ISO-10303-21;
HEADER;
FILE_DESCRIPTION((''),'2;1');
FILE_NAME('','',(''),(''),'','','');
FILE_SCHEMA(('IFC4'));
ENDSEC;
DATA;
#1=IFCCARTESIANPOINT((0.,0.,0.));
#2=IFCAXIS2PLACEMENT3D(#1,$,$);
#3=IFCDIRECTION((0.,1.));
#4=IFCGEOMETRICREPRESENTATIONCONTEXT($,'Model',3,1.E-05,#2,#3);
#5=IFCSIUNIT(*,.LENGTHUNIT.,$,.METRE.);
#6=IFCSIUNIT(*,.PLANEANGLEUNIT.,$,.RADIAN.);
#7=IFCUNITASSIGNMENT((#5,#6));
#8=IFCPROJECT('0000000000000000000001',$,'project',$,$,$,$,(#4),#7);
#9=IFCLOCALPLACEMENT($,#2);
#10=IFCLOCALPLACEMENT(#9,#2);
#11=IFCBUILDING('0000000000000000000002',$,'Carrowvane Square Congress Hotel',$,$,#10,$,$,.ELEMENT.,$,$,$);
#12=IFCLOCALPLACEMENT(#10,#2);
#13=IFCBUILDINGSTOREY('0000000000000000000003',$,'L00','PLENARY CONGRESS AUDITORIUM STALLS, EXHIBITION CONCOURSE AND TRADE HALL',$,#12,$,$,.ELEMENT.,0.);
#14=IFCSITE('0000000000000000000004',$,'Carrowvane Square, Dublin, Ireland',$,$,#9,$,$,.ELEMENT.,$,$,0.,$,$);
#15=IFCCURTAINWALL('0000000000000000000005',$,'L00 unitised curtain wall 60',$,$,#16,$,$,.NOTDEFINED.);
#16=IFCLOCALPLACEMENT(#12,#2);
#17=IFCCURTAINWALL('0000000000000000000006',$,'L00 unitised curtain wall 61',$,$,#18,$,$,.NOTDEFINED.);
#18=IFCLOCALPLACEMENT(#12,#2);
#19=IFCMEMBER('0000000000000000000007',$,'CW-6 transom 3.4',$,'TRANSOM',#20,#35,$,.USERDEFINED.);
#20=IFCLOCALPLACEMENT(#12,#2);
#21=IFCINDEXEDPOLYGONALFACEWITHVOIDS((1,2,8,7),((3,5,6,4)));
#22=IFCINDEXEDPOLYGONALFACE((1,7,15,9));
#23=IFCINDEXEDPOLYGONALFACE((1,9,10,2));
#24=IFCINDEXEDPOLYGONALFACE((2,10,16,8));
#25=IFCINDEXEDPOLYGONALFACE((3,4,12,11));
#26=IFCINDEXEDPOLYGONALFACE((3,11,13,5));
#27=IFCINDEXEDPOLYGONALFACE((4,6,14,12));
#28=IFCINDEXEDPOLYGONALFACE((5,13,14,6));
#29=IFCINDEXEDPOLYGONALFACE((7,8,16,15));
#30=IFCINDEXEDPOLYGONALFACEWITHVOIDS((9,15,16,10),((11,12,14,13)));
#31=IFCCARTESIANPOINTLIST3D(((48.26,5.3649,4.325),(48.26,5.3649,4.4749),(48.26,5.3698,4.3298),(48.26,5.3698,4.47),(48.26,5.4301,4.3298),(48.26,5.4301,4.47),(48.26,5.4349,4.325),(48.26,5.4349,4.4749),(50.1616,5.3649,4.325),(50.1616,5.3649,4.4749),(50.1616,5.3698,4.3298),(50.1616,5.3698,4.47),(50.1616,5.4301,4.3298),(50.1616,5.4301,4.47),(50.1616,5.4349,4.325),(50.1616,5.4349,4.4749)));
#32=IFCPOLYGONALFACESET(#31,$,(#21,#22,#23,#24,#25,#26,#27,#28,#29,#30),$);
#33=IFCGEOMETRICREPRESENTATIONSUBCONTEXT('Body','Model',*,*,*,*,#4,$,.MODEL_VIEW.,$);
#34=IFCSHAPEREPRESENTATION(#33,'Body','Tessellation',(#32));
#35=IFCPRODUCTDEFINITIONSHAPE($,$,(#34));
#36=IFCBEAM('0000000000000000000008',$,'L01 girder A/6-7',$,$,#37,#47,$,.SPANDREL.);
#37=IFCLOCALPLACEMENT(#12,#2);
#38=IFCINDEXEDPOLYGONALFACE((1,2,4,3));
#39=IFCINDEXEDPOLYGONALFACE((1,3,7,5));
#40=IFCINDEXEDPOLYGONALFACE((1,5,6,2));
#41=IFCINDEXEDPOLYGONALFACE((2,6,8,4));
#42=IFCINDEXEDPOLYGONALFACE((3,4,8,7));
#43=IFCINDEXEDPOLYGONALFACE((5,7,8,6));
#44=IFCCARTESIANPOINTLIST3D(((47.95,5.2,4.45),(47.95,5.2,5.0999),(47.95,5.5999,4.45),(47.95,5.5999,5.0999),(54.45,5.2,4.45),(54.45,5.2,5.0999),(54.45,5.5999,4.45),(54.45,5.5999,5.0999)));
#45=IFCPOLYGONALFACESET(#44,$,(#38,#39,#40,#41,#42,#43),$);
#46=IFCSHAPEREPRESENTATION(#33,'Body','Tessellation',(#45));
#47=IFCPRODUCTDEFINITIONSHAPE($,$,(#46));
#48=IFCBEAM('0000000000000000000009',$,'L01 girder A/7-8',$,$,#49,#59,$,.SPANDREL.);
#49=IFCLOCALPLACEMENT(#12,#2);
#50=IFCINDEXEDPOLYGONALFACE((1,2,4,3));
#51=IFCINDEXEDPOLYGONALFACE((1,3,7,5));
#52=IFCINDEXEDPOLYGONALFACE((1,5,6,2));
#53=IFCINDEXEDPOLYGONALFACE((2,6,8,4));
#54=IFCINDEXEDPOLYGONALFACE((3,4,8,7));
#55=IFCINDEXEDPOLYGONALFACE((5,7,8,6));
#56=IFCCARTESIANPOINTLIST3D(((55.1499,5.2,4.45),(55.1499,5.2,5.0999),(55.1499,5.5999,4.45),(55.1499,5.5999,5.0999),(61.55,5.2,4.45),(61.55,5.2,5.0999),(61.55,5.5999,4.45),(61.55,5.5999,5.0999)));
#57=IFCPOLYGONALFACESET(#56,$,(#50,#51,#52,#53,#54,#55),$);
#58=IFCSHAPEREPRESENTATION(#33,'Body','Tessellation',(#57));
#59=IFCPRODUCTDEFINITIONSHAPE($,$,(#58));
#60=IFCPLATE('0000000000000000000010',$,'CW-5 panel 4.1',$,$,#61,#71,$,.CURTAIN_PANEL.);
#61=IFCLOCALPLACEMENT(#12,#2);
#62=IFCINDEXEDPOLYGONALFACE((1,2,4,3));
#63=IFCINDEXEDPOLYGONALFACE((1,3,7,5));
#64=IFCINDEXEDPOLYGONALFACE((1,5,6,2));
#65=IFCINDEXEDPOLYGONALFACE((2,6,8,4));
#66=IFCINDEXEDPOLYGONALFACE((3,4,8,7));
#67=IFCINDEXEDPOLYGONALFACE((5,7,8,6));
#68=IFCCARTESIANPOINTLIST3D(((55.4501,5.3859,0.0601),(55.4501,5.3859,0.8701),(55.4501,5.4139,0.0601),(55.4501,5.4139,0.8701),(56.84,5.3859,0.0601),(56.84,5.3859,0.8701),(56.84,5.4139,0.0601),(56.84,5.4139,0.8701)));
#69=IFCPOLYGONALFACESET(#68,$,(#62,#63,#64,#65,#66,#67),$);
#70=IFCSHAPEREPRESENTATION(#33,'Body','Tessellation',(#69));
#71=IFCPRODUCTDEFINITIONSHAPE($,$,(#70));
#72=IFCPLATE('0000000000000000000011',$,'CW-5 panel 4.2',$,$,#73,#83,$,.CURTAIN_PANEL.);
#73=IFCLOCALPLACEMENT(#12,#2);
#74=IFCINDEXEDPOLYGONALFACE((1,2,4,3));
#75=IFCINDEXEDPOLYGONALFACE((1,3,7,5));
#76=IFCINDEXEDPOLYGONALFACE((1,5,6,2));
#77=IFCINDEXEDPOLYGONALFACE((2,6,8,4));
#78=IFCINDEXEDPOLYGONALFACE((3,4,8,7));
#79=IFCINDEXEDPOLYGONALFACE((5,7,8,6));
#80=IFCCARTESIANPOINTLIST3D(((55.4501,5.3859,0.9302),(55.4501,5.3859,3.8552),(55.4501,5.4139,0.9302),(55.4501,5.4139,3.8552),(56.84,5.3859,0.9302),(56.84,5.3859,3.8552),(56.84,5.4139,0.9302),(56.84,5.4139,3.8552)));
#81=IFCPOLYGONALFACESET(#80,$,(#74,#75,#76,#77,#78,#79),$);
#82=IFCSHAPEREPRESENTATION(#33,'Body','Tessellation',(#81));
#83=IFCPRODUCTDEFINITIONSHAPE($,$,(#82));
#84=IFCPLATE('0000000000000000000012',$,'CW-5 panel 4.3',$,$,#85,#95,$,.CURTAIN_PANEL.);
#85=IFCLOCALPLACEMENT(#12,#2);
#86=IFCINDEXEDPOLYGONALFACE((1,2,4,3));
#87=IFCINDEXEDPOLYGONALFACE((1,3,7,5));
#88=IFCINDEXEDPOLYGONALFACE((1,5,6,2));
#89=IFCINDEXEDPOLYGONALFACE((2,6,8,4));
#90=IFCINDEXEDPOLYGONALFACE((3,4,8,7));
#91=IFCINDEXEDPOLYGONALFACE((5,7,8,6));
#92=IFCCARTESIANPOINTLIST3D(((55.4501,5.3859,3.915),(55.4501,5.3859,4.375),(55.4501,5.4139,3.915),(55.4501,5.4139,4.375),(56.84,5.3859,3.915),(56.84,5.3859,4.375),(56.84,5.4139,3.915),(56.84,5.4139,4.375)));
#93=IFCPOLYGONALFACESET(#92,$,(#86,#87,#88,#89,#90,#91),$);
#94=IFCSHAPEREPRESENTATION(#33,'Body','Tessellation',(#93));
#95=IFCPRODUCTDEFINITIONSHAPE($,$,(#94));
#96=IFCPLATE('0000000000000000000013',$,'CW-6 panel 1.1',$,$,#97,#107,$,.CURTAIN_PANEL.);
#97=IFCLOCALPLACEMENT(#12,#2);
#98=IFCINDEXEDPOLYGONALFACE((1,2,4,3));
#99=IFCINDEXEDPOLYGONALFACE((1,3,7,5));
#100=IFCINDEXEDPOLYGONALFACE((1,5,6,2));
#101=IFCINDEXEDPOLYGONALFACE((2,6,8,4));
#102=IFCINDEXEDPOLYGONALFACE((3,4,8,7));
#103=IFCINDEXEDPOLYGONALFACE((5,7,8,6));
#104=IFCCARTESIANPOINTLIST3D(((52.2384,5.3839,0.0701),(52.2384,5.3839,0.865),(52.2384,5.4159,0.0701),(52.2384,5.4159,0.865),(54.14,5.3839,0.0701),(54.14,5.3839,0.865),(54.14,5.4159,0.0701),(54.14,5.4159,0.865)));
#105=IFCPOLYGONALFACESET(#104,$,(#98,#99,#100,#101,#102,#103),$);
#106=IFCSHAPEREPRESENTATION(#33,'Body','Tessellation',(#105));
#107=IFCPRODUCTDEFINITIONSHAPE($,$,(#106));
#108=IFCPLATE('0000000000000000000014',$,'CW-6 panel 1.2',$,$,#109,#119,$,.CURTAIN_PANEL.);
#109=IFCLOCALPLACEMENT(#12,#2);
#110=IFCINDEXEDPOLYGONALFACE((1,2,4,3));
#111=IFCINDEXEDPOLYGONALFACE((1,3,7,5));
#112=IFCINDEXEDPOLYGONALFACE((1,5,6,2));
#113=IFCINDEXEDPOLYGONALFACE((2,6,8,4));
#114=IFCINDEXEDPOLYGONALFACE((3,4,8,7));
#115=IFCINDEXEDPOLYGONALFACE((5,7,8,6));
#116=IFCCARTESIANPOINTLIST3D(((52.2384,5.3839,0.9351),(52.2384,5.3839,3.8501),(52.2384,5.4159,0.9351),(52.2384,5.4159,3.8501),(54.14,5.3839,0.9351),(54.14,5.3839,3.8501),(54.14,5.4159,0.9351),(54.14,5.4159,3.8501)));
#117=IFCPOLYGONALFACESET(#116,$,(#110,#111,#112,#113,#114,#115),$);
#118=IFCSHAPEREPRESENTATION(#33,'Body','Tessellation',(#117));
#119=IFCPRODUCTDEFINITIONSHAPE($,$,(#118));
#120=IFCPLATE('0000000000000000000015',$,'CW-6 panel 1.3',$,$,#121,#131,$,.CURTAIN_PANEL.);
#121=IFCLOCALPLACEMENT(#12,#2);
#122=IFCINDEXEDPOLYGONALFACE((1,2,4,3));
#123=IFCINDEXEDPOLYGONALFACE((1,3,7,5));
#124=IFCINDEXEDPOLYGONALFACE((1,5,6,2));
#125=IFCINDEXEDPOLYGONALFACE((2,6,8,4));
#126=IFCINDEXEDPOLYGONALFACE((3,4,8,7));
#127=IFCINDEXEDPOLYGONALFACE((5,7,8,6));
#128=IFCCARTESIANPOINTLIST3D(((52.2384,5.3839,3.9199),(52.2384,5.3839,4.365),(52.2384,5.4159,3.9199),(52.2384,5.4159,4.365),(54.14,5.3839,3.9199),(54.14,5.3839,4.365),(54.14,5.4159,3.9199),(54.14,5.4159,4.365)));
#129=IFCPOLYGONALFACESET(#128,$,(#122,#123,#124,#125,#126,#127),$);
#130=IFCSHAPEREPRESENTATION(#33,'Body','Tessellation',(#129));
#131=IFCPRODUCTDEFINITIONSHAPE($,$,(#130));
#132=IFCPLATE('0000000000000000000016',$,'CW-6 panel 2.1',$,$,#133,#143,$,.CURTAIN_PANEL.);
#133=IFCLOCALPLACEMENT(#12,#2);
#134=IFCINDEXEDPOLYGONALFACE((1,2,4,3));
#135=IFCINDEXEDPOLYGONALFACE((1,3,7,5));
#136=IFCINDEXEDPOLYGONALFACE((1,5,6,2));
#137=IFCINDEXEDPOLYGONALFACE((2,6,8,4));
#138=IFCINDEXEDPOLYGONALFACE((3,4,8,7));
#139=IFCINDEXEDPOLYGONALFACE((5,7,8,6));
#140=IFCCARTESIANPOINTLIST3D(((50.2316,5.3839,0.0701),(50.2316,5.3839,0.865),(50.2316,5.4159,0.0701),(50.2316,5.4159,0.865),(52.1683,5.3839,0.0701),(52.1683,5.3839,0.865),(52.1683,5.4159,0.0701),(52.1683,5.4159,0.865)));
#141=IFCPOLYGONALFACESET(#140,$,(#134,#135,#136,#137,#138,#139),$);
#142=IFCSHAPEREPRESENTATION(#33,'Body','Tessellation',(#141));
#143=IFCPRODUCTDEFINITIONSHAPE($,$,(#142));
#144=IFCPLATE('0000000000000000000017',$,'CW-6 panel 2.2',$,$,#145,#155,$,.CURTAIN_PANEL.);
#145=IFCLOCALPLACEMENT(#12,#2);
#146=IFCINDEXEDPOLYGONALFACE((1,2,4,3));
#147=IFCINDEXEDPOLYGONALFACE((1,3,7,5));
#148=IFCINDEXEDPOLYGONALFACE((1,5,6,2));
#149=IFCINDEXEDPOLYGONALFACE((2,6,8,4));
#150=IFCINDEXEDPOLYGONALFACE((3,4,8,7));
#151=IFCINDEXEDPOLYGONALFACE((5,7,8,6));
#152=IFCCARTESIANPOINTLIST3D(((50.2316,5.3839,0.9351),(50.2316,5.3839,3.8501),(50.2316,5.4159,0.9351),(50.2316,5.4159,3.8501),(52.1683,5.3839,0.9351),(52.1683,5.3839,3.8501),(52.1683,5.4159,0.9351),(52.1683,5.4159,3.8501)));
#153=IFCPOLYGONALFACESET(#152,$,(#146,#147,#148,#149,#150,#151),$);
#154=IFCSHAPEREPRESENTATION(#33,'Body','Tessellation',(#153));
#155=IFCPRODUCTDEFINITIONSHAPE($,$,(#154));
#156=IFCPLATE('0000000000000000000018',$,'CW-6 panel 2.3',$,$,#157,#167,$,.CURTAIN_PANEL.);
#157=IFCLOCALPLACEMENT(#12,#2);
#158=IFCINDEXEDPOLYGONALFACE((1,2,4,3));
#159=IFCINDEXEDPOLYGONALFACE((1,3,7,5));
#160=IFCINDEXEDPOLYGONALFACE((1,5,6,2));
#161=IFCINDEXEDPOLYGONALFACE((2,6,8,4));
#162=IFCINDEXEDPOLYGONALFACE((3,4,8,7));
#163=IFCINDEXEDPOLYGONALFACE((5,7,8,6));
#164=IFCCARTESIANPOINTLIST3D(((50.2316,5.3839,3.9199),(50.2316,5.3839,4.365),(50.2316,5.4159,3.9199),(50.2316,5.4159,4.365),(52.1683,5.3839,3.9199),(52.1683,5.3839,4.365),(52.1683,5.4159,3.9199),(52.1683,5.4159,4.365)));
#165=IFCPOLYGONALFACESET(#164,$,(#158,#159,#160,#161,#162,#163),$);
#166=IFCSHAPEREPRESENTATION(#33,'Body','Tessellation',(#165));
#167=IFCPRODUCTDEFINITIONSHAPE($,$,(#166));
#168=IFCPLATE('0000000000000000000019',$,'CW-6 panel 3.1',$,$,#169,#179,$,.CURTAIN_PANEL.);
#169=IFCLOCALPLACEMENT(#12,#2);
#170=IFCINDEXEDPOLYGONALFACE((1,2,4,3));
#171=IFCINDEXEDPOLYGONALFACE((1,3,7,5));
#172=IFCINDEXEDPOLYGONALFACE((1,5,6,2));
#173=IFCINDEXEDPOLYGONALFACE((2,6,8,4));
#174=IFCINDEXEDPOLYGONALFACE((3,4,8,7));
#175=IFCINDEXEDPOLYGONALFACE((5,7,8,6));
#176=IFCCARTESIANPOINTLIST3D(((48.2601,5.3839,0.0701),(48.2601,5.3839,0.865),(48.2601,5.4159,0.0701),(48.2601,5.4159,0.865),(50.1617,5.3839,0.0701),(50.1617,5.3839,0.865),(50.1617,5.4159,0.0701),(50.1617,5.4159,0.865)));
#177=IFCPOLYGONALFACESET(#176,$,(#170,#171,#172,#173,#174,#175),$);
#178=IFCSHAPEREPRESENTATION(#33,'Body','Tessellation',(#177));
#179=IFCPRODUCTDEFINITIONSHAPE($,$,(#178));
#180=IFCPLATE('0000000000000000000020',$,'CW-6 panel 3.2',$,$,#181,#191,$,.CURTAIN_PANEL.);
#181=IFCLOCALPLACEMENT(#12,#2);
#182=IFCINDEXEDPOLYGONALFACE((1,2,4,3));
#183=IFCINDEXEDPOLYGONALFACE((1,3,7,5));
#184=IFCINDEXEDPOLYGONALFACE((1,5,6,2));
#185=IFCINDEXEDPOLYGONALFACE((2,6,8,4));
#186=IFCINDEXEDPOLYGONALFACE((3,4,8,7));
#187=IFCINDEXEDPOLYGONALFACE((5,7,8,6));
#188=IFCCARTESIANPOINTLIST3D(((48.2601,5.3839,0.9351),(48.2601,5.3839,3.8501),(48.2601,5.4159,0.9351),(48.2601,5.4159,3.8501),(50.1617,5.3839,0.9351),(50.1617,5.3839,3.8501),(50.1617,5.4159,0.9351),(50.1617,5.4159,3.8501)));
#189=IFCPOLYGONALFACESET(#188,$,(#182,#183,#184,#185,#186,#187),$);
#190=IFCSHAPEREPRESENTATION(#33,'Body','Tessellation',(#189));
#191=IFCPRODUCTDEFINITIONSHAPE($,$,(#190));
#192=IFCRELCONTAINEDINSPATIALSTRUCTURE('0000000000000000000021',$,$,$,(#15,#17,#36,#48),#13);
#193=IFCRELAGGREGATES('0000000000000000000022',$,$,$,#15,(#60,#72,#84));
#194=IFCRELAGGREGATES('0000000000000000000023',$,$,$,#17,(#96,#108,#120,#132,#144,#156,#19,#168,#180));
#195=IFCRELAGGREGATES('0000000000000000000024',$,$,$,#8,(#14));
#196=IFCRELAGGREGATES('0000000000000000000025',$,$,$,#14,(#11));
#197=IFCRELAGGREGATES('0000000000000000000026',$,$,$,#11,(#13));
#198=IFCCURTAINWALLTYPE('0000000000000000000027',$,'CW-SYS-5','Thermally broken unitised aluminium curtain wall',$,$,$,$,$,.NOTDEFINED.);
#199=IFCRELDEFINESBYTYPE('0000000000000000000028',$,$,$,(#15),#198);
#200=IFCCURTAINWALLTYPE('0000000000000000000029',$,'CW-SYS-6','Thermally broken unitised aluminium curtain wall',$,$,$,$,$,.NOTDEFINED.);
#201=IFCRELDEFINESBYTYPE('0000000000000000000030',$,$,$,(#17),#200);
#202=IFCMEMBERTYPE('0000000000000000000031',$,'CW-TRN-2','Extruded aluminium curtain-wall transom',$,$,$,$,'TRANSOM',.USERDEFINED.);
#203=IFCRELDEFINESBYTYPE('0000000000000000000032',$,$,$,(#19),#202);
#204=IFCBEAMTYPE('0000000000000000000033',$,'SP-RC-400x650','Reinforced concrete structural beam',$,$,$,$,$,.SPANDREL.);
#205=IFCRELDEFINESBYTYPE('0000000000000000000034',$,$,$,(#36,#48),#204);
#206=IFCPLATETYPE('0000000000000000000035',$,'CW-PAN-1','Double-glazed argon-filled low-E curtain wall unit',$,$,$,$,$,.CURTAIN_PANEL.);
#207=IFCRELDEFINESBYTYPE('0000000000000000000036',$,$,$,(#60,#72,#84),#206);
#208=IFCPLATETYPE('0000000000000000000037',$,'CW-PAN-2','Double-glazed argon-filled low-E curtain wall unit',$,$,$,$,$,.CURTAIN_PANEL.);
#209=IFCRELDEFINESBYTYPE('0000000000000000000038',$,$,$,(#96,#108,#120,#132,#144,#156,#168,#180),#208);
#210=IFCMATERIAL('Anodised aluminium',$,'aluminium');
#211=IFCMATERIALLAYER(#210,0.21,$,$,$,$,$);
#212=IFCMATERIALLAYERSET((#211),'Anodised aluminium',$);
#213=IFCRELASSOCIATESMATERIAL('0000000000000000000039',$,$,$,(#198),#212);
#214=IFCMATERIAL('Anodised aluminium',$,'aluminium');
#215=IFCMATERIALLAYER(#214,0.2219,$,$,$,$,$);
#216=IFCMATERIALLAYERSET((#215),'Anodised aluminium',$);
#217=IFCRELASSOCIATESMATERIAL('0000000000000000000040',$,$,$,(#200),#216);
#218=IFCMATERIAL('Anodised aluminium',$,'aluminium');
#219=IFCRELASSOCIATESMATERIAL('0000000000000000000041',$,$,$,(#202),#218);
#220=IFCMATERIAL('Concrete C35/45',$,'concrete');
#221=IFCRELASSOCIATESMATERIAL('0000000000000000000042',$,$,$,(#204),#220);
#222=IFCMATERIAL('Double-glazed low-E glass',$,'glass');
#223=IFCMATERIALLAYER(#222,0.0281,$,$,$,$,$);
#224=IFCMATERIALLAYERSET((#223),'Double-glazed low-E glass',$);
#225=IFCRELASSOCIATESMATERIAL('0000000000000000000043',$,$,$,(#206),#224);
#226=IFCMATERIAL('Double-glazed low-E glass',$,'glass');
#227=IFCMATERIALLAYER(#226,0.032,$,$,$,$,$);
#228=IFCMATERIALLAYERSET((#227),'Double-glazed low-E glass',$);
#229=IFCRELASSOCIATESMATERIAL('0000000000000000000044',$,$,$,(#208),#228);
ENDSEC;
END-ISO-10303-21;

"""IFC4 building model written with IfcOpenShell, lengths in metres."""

from ifc_helpers import new_model, si_unit, direction, frame, origin, origin_2d, place, context, subcontext, project, spatial, rectangle, hollow_rectangle, extrude, material, layer, layer_set, material_profile, profile_set, type_object, element, aggregate, save


model = new_model("IFC4")

# Units and contexts
model_context = context("Model", 3, precision=1e-05, world=origin(), true_north=direction((0.0, 1.0)))
body_context = subcontext(model_context, "Body", "Model", "MODEL_VIEW")
ifc_project = project(units=[si_unit("LENGTHUNIT", "METRE"), si_unit("PLANEANGLEUNIT", "RADIAN")], contexts=[model_context])

# Site, building, storey
site_placement = place(None, origin())
site = spatial("IfcSite", under=ifc_project, at=site_placement, Name="Carrowvane Square, Dublin, Ireland", CompositionType="ELEMENT", RefElevation=0.0)
building_placement = place(site_placement, origin())
building = spatial("IfcBuilding", under=site, at=building_placement, Name="Carrowvane Square Congress Hotel", CompositionType="ELEMENT")
storey_placement = place(building_placement, origin())
storey = spatial("IfcBuildingStorey", under=building, at=storey_placement, Name="L00", Description="PLENARY CONGRESS AUDITORIUM STALLS, EXHIBITION CONCOURSE AND TRADE HALL", CompositionType="ELEMENT", Elevation=0.0)

# Curtain wall
ifc_material_1 = material(Name="Anodised aluminium", Category="aluminium")
ifc_layer_1 = layer(ifc_material_1, 0.21)
ifc_layer_set_1 = layer_set([ifc_layer_1], Name="Anodised aluminium")
curtain_wall_type_1 = type_object("IfcCurtainWallType", Name="CW-SYS-5", Description="Thermally broken unitised aluminium curtain wall", PredefinedType="NOTDEFINED", material=ifc_layer_set_1)
curtain_wall_1_placement = place(storey_placement, origin())
curtain_wall_1 = element("IfcCurtainWall", 1, at=curtain_wall_1_placement, inside=storey, type_object=curtain_wall_type_1, Name="L00 unitised curtain wall 60", PredefinedType="NOTDEFINED")

# Curtain wall
ifc_material_2 = material(Name="Anodised aluminium", Category="aluminium")
ifc_layer_2 = layer(ifc_material_2, 0.2219)
ifc_layer_set_2 = layer_set([ifc_layer_2], Name="Anodised aluminium")
curtain_wall_type_2 = type_object("IfcCurtainWallType", Name="CW-SYS-6", Description="Thermally broken unitised aluminium curtain wall", PredefinedType="NOTDEFINED", material=ifc_layer_set_2)
curtain_wall_2_placement = place(storey_placement, origin())
curtain_wall_2 = element("IfcCurtainWall", 2, at=curtain_wall_2_placement, inside=storey, type_object=curtain_wall_type_2, Name="L00 unitised curtain wall 61", PredefinedType="NOTDEFINED")

# Member
ifc_material_3 = material(Name="Anodised aluminium", Category="aluminium")
ifc_material_profile_1 = material_profile(ifc_material_3, hollow_rectangle(XDim=0.0701, YDim=0.1499, WallThickness=0.0049, at=origin_2d()), Name="CW-TR 70x150x5")
ifc_profile_set_1 = profile_set([ifc_material_profile_1], Name="Anodised aluminium")
member_type_1 = type_object("IfcMemberType", Name="CW-TRN-2", Description="Extruded aluminium curtain-wall transom", ElementType="TRANSOM", PredefinedType="USERDEFINED", material=ifc_profile_set_1)
member_1_placement = place(storey_placement, frame((50.1616, 5.3999, 4.3999), z_axis=(-1.0, 0.0, 0.0), x_axis=(0.0, -1.0, 0.0)))
member_1 = element("IfcMember", 3, at=member_1_placement, type_object=member_type_1, Name="CW-6 transom 3.4", ObjectType="TRANSOM", PredefinedType="USERDEFINED", context=body_context, shape_type="SweptSolid", body=[
    extrude(hollow_rectangle(XDim=0.0701, YDim=0.1499, WallThickness=0.0049, at=origin_2d()), origin(), (0.0, 0.0, 1.0), 1.9016),
])

# Beams
ifc_material_4 = material(Name="Concrete C35/45", Category="concrete")
ifc_material_profile_2 = material_profile(ifc_material_4, rectangle(XDim=0.3999, YDim=0.6499, at=origin_2d()), Name="RC 400x650")
ifc_profile_set_2 = profile_set([ifc_material_profile_2], Name="Concrete C35/45")
beam_type = type_object("IfcBeamType", Name="SP-RC-400x650", Description="Reinforced concrete structural beam", PredefinedType="SPANDREL", material=ifc_profile_set_2)
beam_1_placement = place(storey_placement, frame((47.95, 5.3999, 4.7749), z_axis=(1.0, 0.0, 0.0), x_axis=(0.0, 1.0, 0.0)))
element("IfcBeam", 4, at=beam_1_placement, inside=storey, type_object=beam_type, Name="L01 girder A/6-7", PredefinedType="SPANDREL", context=body_context, shape_type="SweptSolid", body=[
    extrude(rectangle(XDim=0.3999, YDim=0.6499, at=origin_2d()), origin(), (0.0, 0.0, 1.0), 6.5),
])
beam_2_placement = place(storey_placement, frame((55.1499, 5.3999, 4.7749), z_axis=(1.0, 0.0, 0.0), x_axis=(0.0, 1.0, 0.0)))
element("IfcBeam", 5, at=beam_2_placement, inside=storey, type_object=beam_type, Name="L01 girder A/7-8", PredefinedType="SPANDREL", context=body_context, shape_type="SweptSolid", body=[
    extrude(rectangle(XDim=0.3999, YDim=0.6499, at=origin_2d()), origin(), (0.0, 0.0, 1.0), 6.4001),
])

# Plates
ifc_material_5 = material(Name="Double-glazed low-E glass", Category="glass")
ifc_layer_3 = layer(ifc_material_5, 0.0281)
ifc_layer_set_3 = layer_set([ifc_layer_3], Name="Double-glazed low-E glass")
plate_type_1 = type_object("IfcPlateType", Name="CW-PAN-1", Description="Double-glazed argon-filled low-E curtain wall unit", PredefinedType="CURTAIN_PANEL", material=ifc_layer_set_3)
plate_1_placement = place(storey_placement, frame((56.145, 5.3999, 0.0601), z_axis=(0.0, 0.0, 1.0), x_axis=(-1.0, 0.0, 0.0)))
plate_1 = element("IfcPlate", 6, at=plate_1_placement, type_object=plate_type_1, Name="CW-5 panel 4.1", PredefinedType="CURTAIN_PANEL", context=body_context, shape_type="SweptSolid", body=[
    extrude(rectangle(XDim=1.3899, YDim=0.0281, at=origin_2d()), origin(), (0.0, 0.0, 1.0), 0.8101),
])
plate_2_placement = place(storey_placement, frame((56.145, 5.3999, 0.9302), z_axis=(0.0, 0.0, 1.0), x_axis=(-1.0, 0.0, 0.0)))
plate_2 = element("IfcPlate", 7, at=plate_2_placement, type_object=plate_type_1, Name="CW-5 panel 4.2", PredefinedType="CURTAIN_PANEL", context=body_context, shape_type="SweptSolid", body=[
    extrude(rectangle(XDim=1.3899, YDim=0.0281, at=origin_2d()), origin(), (0.0, 0.0, 1.0), 2.925),
])
plate_3_placement = place(storey_placement, frame((56.145, 5.3999, 3.915), z_axis=(0.0, 0.0, 1.0), x_axis=(-1.0, 0.0, 0.0)))
plate_3 = element("IfcPlate", 8, at=plate_3_placement, type_object=plate_type_1, Name="CW-5 panel 4.3", PredefinedType="CURTAIN_PANEL", context=body_context, shape_type="SweptSolid", body=[
    extrude(rectangle(XDim=1.3899, YDim=0.0281, at=origin_2d()), origin(), (0.0, 0.0, 1.0), 0.46),
])
aggregate(curtain_wall_1, [plate_1, plate_2, plate_3])
ifc_material_6 = material(Name="Double-glazed low-E glass", Category="glass")
ifc_layer_4 = layer(ifc_material_6, 0.032)
ifc_layer_set_4 = layer_set([ifc_layer_4], Name="Double-glazed low-E glass")
plate_type_2 = type_object("IfcPlateType", Name="CW-PAN-2", Description="Double-glazed argon-filled low-E curtain wall unit", PredefinedType="CURTAIN_PANEL", material=ifc_layer_set_4)
plate_4_placement = place(storey_placement, frame((53.1892, 5.3999, 0.0701), z_axis=(0.0, 0.0, 1.0), x_axis=(-1.0, 0.0, 0.0)))
plate_4 = element("IfcPlate", 9, at=plate_4_placement, type_object=plate_type_2, Name="CW-6 panel 1.1", PredefinedType="CURTAIN_PANEL", context=body_context, shape_type="SweptSolid", body=[
    extrude(rectangle(XDim=1.9016, YDim=0.032, at=origin_2d()), origin(), (0.0, 0.0, 1.0), 0.7949),
])
plate_5_placement = place(storey_placement, frame((53.1892, 5.3999, 0.9351), z_axis=(0.0, 0.0, 1.0), x_axis=(-1.0, 0.0, 0.0)))
plate_5 = element("IfcPlate", 10, at=plate_5_placement, type_object=plate_type_2, Name="CW-6 panel 1.2", PredefinedType="CURTAIN_PANEL", context=body_context, shape_type="SweptSolid", body=[
    extrude(rectangle(XDim=1.9016, YDim=0.032, at=origin_2d()), origin(), (0.0, 0.0, 1.0), 2.915),
])
plate_6_placement = place(storey_placement, frame((53.1892, 5.3999, 3.9199), z_axis=(0.0, 0.0, 1.0), x_axis=(-1.0, 0.0, 0.0)))
plate_6 = element("IfcPlate", 11, at=plate_6_placement, type_object=plate_type_2, Name="CW-6 panel 1.3", PredefinedType="CURTAIN_PANEL", context=body_context, shape_type="SweptSolid", body=[
    extrude(rectangle(XDim=1.9016, YDim=0.032, at=origin_2d()), origin(), (0.0, 0.0, 1.0), 0.4451),
])
plate_7_placement = place(storey_placement, frame((51.2, 5.3999, 0.0701), z_axis=(0.0, 0.0, 1.0), x_axis=(-1.0, 0.0, 0.0)))
plate_7 = element("IfcPlate", 12, at=plate_7_placement, type_object=plate_type_2, Name="CW-6 panel 2.1", PredefinedType="CURTAIN_PANEL", context=body_context, shape_type="SweptSolid", body=[
    extrude(rectangle(XDim=1.9368, YDim=0.032, at=origin_2d()), origin(), (0.0, 0.0, 1.0), 0.7949),
])
plate_8_placement = place(storey_placement, frame((51.2, 5.3999, 0.9351), z_axis=(0.0, 0.0, 1.0), x_axis=(-1.0, 0.0, 0.0)))
plate_8 = element("IfcPlate", 13, at=plate_8_placement, type_object=plate_type_2, Name="CW-6 panel 2.2", PredefinedType="CURTAIN_PANEL", context=body_context, shape_type="SweptSolid", body=[
    extrude(rectangle(XDim=1.9368, YDim=0.032, at=origin_2d()), origin(), (0.0, 0.0, 1.0), 2.915),
])
plate_9_placement = place(storey_placement, frame((51.2, 5.3999, 3.9199), z_axis=(0.0, 0.0, 1.0), x_axis=(-1.0, 0.0, 0.0)))
plate_9 = element("IfcPlate", 14, at=plate_9_placement, type_object=plate_type_2, Name="CW-6 panel 2.3", PredefinedType="CURTAIN_PANEL", context=body_context, shape_type="SweptSolid", body=[
    extrude(rectangle(XDim=1.9368, YDim=0.032, at=origin_2d()), origin(), (0.0, 0.0, 1.0), 0.4451),
])
plate_10_placement = place(storey_placement, frame((49.2109, 5.3999, 0.0701), z_axis=(0.0, 0.0, 1.0), x_axis=(-1.0, 0.0, 0.0)))
plate_10 = element("IfcPlate", 15, at=plate_10_placement, type_object=plate_type_2, Name="CW-6 panel 3.1", PredefinedType="CURTAIN_PANEL", context=body_context, shape_type="SweptSolid", body=[
    extrude(rectangle(XDim=1.9016, YDim=0.032, at=origin_2d()), origin(), (0.0, 0.0, 1.0), 0.7949),
])
plate_11_placement = place(storey_placement, frame((49.2109, 5.3999, 0.9351), z_axis=(0.0, 0.0, 1.0), x_axis=(-1.0, 0.0, 0.0)))
plate_11 = element("IfcPlate", 16, at=plate_11_placement, type_object=plate_type_2, Name="CW-6 panel 3.2", PredefinedType="CURTAIN_PANEL", context=body_context, shape_type="SweptSolid", body=[
    extrude(rectangle(XDim=1.9016, YDim=0.032, at=origin_2d()), origin(), (0.0, 0.0, 1.0), 2.915),
])
aggregate(curtain_wall_2, [plate_4, plate_5, plate_6, plate_7, plate_8, plate_9, member_1, plate_10, plate_11])

save(model, "model.ifc")
